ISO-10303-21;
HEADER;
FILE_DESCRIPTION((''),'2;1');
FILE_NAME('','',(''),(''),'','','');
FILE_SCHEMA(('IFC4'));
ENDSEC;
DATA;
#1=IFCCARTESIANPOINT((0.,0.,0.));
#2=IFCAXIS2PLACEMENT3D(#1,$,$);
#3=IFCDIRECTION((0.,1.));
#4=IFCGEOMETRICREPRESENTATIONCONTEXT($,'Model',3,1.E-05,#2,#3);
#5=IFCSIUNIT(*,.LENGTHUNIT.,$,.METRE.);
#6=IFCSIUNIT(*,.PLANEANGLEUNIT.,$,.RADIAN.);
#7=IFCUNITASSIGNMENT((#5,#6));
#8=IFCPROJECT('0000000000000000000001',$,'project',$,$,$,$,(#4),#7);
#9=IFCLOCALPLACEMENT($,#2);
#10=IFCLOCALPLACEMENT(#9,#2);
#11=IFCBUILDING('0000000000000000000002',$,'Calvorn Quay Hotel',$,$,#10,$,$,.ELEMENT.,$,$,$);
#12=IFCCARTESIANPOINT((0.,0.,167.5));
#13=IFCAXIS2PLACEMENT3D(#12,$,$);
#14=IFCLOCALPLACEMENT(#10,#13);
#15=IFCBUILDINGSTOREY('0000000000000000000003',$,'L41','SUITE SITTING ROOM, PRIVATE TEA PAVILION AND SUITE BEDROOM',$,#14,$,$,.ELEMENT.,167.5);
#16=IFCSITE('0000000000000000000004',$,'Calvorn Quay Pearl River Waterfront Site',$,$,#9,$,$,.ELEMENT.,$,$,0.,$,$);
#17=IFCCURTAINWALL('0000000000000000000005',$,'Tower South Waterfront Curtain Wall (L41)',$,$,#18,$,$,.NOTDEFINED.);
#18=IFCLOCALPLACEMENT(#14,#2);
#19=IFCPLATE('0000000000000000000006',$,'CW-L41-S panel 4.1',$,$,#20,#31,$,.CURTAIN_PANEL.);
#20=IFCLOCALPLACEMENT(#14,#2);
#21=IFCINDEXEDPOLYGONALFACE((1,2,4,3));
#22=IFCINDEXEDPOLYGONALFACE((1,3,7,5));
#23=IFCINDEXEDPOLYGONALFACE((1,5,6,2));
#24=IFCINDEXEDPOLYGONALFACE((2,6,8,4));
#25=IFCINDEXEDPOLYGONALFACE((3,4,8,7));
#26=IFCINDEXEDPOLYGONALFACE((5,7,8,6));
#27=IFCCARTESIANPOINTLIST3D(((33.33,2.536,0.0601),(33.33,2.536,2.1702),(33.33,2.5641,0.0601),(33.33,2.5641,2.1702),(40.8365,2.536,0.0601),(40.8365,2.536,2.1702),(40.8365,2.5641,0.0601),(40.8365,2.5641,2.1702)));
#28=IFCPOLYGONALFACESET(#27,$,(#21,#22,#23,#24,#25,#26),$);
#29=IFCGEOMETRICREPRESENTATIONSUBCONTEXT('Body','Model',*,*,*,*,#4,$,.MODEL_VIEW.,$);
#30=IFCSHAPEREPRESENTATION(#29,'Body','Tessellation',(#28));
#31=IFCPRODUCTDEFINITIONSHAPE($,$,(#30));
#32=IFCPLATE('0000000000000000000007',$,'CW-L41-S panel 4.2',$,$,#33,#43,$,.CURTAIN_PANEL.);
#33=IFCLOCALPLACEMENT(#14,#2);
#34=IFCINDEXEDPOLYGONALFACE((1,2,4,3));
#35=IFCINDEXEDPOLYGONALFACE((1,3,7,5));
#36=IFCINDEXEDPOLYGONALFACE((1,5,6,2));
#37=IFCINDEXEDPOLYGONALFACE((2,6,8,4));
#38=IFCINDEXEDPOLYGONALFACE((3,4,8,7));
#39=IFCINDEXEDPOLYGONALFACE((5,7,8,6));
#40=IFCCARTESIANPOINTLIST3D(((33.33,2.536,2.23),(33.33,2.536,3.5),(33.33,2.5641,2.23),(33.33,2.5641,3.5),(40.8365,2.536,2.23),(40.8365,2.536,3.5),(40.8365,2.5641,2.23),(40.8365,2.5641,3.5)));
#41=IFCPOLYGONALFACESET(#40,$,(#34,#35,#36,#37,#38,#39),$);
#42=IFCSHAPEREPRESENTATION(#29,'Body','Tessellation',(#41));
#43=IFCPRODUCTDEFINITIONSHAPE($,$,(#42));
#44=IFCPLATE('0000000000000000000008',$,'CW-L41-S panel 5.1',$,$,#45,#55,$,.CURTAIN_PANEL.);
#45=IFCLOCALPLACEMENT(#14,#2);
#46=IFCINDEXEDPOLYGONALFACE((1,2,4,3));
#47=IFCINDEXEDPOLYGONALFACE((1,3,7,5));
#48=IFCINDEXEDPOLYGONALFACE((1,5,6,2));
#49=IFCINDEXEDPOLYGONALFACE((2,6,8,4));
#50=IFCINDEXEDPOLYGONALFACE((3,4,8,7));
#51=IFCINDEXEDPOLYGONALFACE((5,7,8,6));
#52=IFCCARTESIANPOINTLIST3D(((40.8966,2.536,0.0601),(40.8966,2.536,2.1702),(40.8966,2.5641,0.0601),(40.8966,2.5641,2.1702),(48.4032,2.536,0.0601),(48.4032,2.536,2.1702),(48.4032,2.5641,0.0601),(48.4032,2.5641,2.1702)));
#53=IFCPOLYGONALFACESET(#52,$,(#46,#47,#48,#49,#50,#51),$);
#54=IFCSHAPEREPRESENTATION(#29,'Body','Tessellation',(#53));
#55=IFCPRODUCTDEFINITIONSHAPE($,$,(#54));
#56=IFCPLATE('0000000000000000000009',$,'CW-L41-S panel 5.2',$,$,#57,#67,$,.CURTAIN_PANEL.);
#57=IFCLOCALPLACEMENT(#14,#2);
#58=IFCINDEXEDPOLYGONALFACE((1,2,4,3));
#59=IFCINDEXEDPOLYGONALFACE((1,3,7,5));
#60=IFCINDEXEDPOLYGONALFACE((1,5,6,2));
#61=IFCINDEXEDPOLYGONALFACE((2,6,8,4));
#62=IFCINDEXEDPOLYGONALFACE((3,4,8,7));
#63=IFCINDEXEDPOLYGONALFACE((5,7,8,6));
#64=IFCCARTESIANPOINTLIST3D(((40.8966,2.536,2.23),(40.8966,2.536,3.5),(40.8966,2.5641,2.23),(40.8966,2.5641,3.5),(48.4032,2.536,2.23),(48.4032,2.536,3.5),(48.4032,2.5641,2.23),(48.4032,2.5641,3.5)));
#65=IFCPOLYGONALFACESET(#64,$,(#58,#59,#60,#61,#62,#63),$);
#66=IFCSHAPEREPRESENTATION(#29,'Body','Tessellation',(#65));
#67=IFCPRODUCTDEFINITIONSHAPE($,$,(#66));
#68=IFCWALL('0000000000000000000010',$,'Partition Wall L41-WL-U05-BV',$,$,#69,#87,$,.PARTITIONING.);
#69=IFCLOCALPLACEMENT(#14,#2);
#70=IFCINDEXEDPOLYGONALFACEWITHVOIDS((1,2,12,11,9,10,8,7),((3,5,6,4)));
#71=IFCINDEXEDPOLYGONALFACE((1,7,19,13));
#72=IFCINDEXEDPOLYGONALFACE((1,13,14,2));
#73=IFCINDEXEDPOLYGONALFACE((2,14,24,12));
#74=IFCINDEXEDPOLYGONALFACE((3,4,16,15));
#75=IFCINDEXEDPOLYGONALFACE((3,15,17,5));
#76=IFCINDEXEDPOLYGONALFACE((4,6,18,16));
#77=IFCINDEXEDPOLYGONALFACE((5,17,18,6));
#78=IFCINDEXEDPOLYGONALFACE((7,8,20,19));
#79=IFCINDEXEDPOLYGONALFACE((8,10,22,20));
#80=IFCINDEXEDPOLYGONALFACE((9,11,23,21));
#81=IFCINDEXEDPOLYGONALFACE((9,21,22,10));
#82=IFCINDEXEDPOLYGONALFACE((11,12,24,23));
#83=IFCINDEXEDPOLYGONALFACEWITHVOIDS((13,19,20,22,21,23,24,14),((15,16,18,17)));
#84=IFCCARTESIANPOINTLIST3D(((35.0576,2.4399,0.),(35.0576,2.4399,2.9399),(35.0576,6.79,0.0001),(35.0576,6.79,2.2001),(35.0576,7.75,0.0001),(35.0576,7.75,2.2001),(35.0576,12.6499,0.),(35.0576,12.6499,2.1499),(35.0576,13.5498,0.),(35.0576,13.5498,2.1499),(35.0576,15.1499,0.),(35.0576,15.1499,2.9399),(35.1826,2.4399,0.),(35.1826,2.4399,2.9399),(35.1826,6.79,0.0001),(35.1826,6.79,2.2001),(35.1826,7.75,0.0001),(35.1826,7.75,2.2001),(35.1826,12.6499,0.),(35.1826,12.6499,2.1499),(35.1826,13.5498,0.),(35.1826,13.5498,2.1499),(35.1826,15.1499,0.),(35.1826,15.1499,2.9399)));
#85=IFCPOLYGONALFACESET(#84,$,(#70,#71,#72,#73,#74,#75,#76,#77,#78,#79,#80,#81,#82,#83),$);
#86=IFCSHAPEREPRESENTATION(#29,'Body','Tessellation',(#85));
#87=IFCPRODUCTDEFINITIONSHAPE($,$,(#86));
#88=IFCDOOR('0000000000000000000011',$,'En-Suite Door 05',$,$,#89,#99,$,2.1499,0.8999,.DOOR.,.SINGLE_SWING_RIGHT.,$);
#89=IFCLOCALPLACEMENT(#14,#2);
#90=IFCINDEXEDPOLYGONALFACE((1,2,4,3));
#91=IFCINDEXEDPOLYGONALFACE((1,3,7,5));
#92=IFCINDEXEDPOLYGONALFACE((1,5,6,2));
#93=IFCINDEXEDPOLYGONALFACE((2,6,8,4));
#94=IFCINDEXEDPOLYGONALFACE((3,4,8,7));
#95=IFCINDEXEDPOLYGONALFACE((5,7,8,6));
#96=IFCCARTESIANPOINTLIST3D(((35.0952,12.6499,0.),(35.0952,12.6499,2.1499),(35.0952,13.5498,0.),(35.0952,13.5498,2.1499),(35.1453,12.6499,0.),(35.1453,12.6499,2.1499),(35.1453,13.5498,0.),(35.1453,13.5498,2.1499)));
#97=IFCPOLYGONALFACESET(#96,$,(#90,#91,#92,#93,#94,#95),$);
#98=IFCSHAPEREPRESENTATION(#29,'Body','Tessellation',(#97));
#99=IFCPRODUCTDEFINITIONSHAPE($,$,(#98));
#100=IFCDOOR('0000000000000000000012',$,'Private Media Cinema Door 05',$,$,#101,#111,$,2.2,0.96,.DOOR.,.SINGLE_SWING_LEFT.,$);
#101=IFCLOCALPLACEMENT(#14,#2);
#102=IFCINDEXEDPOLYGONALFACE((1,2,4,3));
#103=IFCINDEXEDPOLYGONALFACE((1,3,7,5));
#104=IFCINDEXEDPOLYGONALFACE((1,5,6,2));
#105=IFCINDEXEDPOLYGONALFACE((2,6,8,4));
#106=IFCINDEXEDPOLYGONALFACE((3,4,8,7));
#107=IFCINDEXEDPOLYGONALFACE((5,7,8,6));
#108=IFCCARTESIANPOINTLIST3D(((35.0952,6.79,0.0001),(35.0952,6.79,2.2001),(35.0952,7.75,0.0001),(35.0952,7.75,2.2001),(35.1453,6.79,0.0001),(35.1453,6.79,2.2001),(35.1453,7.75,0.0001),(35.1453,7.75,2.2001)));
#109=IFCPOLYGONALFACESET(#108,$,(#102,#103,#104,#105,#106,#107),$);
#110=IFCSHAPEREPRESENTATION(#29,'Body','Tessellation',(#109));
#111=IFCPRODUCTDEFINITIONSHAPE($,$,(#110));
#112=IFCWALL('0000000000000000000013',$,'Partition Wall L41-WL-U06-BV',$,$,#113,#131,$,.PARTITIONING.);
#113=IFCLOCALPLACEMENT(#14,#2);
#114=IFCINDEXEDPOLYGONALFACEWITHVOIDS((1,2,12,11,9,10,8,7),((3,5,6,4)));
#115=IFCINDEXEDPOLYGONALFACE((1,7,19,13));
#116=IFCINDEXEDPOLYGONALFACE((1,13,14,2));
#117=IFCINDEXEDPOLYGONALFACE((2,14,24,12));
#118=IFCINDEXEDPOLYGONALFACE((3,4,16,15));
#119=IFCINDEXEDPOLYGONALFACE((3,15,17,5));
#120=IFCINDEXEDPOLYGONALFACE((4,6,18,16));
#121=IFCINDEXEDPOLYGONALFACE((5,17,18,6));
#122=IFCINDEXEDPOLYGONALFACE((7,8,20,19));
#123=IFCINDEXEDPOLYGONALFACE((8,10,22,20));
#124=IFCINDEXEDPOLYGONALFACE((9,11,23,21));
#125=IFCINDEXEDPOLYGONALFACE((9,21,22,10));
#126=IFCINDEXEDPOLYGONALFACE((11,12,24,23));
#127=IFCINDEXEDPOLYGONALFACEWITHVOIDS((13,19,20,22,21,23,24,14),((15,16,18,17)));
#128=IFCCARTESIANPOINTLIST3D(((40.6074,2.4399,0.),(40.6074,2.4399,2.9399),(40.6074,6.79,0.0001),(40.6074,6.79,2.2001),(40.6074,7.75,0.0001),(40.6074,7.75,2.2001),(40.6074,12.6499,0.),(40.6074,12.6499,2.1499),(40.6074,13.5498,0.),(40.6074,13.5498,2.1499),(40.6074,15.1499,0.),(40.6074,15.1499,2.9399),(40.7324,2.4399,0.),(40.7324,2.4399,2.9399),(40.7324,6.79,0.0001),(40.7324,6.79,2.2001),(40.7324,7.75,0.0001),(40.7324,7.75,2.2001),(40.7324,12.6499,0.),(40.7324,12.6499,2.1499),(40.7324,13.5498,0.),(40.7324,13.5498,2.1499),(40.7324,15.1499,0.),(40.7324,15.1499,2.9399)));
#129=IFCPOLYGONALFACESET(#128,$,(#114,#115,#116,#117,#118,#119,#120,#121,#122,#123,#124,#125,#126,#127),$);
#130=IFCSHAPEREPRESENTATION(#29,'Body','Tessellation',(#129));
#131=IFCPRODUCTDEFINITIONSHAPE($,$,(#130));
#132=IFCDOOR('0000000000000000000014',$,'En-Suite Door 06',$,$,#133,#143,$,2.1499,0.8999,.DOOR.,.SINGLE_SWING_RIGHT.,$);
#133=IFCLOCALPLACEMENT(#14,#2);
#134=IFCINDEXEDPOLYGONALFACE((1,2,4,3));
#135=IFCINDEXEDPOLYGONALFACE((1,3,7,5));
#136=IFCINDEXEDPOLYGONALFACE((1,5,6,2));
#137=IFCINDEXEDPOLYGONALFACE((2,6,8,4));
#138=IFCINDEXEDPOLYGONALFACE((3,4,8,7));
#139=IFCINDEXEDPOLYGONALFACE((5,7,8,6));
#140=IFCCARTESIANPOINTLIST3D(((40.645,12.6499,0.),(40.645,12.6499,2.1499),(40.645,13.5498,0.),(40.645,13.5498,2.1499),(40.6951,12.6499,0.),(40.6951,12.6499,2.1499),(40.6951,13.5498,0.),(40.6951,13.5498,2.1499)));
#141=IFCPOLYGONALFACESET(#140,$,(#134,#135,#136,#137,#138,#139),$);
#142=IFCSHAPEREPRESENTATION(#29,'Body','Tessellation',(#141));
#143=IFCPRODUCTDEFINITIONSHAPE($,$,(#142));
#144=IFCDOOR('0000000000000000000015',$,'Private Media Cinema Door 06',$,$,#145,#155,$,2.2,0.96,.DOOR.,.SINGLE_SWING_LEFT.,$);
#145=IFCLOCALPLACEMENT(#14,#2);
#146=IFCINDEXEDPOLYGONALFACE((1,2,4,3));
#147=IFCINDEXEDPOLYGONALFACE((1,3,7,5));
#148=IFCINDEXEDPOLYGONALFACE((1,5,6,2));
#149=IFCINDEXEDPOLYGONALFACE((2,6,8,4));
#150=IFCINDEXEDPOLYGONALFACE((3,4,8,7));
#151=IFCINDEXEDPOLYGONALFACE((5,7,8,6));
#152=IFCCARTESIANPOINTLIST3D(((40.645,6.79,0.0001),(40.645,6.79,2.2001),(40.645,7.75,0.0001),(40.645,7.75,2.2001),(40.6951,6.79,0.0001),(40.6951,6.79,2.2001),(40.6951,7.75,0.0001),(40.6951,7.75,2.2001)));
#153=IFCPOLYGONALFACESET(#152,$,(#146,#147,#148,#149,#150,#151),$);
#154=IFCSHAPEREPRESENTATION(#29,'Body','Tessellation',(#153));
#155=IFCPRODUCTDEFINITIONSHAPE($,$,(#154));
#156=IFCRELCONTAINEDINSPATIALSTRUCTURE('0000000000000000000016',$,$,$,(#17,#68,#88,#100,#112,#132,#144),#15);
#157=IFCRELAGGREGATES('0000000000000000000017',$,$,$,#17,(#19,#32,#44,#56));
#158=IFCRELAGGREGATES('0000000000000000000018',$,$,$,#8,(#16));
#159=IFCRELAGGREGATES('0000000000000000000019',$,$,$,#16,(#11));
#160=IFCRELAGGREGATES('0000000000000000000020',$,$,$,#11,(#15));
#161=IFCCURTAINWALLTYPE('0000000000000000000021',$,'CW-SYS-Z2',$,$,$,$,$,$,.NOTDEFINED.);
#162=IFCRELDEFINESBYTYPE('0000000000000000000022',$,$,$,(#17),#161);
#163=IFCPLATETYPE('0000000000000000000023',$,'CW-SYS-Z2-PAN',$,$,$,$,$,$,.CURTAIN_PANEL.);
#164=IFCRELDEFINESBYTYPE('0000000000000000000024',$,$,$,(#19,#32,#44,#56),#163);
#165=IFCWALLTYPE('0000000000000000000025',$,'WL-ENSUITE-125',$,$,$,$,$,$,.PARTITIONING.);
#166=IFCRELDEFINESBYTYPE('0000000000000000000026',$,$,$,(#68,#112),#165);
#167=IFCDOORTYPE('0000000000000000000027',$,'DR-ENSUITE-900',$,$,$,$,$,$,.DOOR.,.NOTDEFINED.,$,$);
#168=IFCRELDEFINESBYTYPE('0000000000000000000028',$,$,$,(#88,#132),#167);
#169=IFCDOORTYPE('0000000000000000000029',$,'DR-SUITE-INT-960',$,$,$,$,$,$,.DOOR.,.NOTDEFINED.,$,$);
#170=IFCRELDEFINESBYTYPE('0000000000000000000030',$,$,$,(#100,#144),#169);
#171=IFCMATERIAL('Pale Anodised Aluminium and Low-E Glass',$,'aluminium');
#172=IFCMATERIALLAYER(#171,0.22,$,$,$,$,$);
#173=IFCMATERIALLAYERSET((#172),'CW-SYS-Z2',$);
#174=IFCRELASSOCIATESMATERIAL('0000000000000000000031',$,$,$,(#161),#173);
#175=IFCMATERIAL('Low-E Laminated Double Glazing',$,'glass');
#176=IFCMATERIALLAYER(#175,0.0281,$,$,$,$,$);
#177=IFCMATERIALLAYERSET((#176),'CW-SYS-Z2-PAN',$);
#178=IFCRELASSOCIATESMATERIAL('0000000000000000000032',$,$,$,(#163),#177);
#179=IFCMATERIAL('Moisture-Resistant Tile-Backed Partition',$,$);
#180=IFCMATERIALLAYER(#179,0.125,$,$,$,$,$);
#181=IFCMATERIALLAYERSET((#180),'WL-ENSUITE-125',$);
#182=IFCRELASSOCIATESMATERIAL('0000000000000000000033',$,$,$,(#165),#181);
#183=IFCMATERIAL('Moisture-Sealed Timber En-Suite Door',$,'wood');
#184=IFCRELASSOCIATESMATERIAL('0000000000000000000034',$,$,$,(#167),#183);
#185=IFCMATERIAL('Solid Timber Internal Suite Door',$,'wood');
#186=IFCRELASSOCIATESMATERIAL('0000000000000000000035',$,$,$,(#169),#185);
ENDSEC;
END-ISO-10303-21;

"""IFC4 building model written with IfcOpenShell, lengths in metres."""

from ifc_helpers import new_model, si_unit, direction, frame, frame_2d, origin, origin_2d, place, context, subcontext, project, spatial, rectangle, extrude, material, layer, layer_set, type_object, element, fill, aggregate, save


model = new_model("IFC4")

# Units and contexts
model_context = context("Model", 3, precision=1e-05, world=origin(), true_north=direction((0.0, 1.0)))
body_context = subcontext(model_context, "Body", "Model", "MODEL_VIEW")
ifc_project = project(units=[si_unit("LENGTHUNIT", "METRE"), si_unit("PLANEANGLEUNIT", "RADIAN")], contexts=[model_context])

# Site, building, storey
site_placement = place(None, origin())
site = spatial("IfcSite", under=ifc_project, at=site_placement, Name="Calvorn Quay Pearl River Waterfront Site", CompositionType="ELEMENT", RefElevation=0.0)
building_placement = place(site_placement, origin())
building = spatial("IfcBuilding", under=site, at=building_placement, Name="Calvorn Quay Hotel", CompositionType="ELEMENT")
storey_placement = place(building_placement, frame((0.0, 0.0, 167.5)))
storey = spatial("IfcBuildingStorey", under=building, at=storey_placement, Name="L41", Description="SUITE SITTING ROOM, PRIVATE TEA PAVILION AND SUITE BEDROOM", CompositionType="ELEMENT", Elevation=167.5)

# Curtain wall, plates
ifc_material_1 = material(Name="Pale Anodised Aluminium and Low-E Glass", Category="aluminium")
ifc_layer_1 = layer(ifc_material_1, 0.22)
ifc_layer_set_1 = layer_set([ifc_layer_1], Name="CW-SYS-Z2")
curtain_wall_type = type_object("IfcCurtainWallType", Name="CW-SYS-Z2", PredefinedType="NOTDEFINED", material=ifc_layer_set_1)
curtain_wall_placement = place(storey_placement, origin())
curtain_wall = element("IfcCurtainWall", 1, at=curtain_wall_placement, inside=storey, type_object=curtain_wall_type, Name="Tower South Waterfront Curtain Wall (L41)", PredefinedType="NOTDEFINED")
ifc_material_2 = material(Name="Low-E Laminated Double Glazing", Category="glass")
ifc_layer_2 = layer(ifc_material_2, 0.0281)
ifc_layer_set_2 = layer_set([ifc_layer_2], Name="CW-SYS-Z2-PAN")
plate_type = type_object("IfcPlateType", Name="CW-SYS-Z2-PAN", PredefinedType="CURTAIN_PANEL", material=ifc_layer_set_2)
plate_1_placement = place(storey_placement, frame((37.0833, 2.55, 0.0601), z_axis=(0.0, 0.0, 1.0), x_axis=(1.0, 0.0, 0.0)))
plate_1 = element("IfcPlate", 2, at=plate_1_placement, type_object=plate_type, Name="CW-L41-S panel 4.1", PredefinedType="CURTAIN_PANEL", context=body_context, shape_type="SweptSolid", body=[
    extrude(rectangle(XDim=7.5066, YDim=0.0281, at=origin_2d()), origin(), (0.0, 0.0, 1.0), 2.1101),
])
plate_2_placement = place(storey_placement, frame((37.0833, 2.55, 2.23), z_axis=(0.0, 0.0, 1.0), x_axis=(1.0, 0.0, 0.0)))
plate_2 = element("IfcPlate", 3, at=plate_2_placement, type_object=plate_type, Name="CW-L41-S panel 4.2", PredefinedType="CURTAIN_PANEL", context=body_context, shape_type="SweptSolid", body=[
    extrude(rectangle(XDim=7.5066, YDim=0.0281, at=origin_2d()), origin(), (0.0, 0.0, 1.0), 1.27),
])
plate_3_placement = place(storey_placement, frame((44.6499, 2.55, 0.0601), z_axis=(0.0, 0.0, 1.0), x_axis=(1.0, 0.0, 0.0)))
plate_3 = element("IfcPlate", 4, at=plate_3_placement, type_object=plate_type, Name="CW-L41-S panel 5.1", PredefinedType="CURTAIN_PANEL", context=body_context, shape_type="SweptSolid", body=[
    extrude(rectangle(XDim=7.5066, YDim=0.0281, at=origin_2d()), origin(), (0.0, 0.0, 1.0), 2.1101),
])
plate_4_placement = place(storey_placement, frame((44.6499, 2.55, 2.23), z_axis=(0.0, 0.0, 1.0), x_axis=(1.0, 0.0, 0.0)))
plate_4 = element("IfcPlate", 5, at=plate_4_placement, type_object=plate_type, Name="CW-L41-S panel 5.2", PredefinedType="CURTAIN_PANEL", context=body_context, shape_type="SweptSolid", body=[
    extrude(rectangle(XDim=7.5066, YDim=0.0281, at=origin_2d()), origin(), (0.0, 0.0, 1.0), 1.27),
])
aggregate(curtain_wall, [plate_1, plate_2, plate_3, plate_4])

# Walls, openings, doors
ifc_material_3 = material(Name="Moisture-Resistant Tile-Backed Partition")
ifc_layer_3 = layer(ifc_material_3, 0.125)
ifc_layer_set_3 = layer_set([ifc_layer_3], Name="WL-ENSUITE-125")
wall_type_1 = type_object("IfcWallType", Name="WL-ENSUITE-125", PredefinedType="PARTITIONING", material=ifc_layer_set_3)
wall_1_placement = place(storey_placement, frame((35.1201, 2.4399, 0.0), z_axis=(0.0, 0.0, 1.0), x_axis=(0.0, 1.0, 0.0)))
wall_1 = element("IfcWall", 6, at=wall_1_placement, inside=storey, type_object=wall_type_1, Name="Partition Wall L41-WL-U05-BV", PredefinedType="PARTITIONING", context=body_context, shape_type="SweptSolid", body=[
    extrude(rectangle(XDim=12.71, YDim=0.125, at=frame_2d((6.355, 0.0))), origin(), (0.0, 0.0, 1.0), 2.9399),
])
opening_1_placement = place(wall_1_placement, frame((4.3501, 0.0, 0.0)))
opening_1 = element("IfcOpeningElement", 7, at=opening_1_placement, cuts=wall_1, PredefinedType="OPENING", context=body_context, shape_type="SweptSolid", body=[
    extrude(rectangle(XDim=0.96, YDim=2.2, at=frame_2d((0.48, 1.1001))), frame((0.0, 0.0725, 0.0), z_axis=(0.0, -1.0, 0.0), x_axis=(1.0, 0.0, 0.0)), (0.0, 0.0, 1.0), 0.145),
])
opening_2_placement = place(wall_1_placement, frame((10.21, 0.0, 0.0)))
opening_2 = element("IfcOpeningElement", 8, at=opening_2_placement, cuts=wall_1, PredefinedType="OPENING", context=body_context, shape_type="SweptSolid", body=[
    extrude(rectangle(XDim=0.8999, YDim=2.1499, at=frame_2d((0.45, 1.075))), frame((0.0, 0.0725, 0.0), z_axis=(0.0, -1.0, 0.0), x_axis=(1.0, 0.0, 0.0)), (0.0, 0.0, 1.0), 0.145),
])
ifc_material_4 = material(Name="Moisture-Sealed Timber En-Suite Door", Category="wood")
door_type_1 = type_object("IfcDoorType", Name="DR-ENSUITE-900", OperationType="NOTDEFINED", PredefinedType="DOOR", material=ifc_material_4)
door_1_placement = place(opening_2_placement, origin())
door_1 = element("IfcDoor", 9, at=door_1_placement, inside=storey, type_object=door_type_1, Name="En-Suite Door 05", OperationType="SINGLE_SWING_RIGHT", OverallHeight=2.1499, OverallWidth=0.8999, PredefinedType="DOOR", context=body_context, shape_type="SweptSolid", body=[
    extrude(rectangle(XDim=0.8999, YDim=2.1499, at=frame_2d((0.45, 1.075))), frame((0.0, 0.0249, 0.0), z_axis=(0.0, -1.0, 0.0), x_axis=(1.0, 0.0, 0.0)), (0.0, 0.0, 1.0), 0.05),
])
fill(opening_2, door_1)
ifc_material_5 = material(Name="Solid Timber Internal Suite Door", Category="wood")
door_type_2 = type_object("IfcDoorType", Name="DR-SUITE-INT-960", OperationType="NOTDEFINED", PredefinedType="DOOR", material=ifc_material_5)
door_2_placement = place(opening_1_placement, origin())
door_2 = element("IfcDoor", 10, at=door_2_placement, inside=storey, type_object=door_type_2, Name="Private Media Cinema Door 05", OperationType="SINGLE_SWING_LEFT", OverallHeight=2.2, OverallWidth=0.96, PredefinedType="DOOR", context=body_context, shape_type="SweptSolid", body=[
    extrude(rectangle(XDim=0.96, YDim=2.2, at=frame_2d((0.48, 1.1001))), frame((0.0, 0.0249, 0.0), z_axis=(0.0, -1.0, 0.0), x_axis=(1.0, 0.0, 0.0)), (0.0, 0.0, 1.0), 0.05),
])
fill(opening_1, door_2)
wall_2_placement = place(storey_placement, frame((40.6699, 2.4399, 0.0), z_axis=(0.0, 0.0, 1.0), x_axis=(0.0, 1.0, 0.0)))
wall_2 = element("IfcWall", 11, at=wall_2_placement, inside=storey, type_object=wall_type_1, Name="Partition Wall L41-WL-U06-BV", PredefinedType="PARTITIONING", context=body_context, shape_type="SweptSolid", body=[
    extrude(rectangle(XDim=12.71, YDim=0.125, at=frame_2d((6.355, 0.0))), origin(), (0.0, 0.0, 1.0), 2.9399),
])
opening_3_placement = place(wall_2_placement, frame((4.3501, 0.0, 0.0)))
opening_3 = element("IfcOpeningElement", 12, at=opening_3_placement, cuts=wall_2, PredefinedType="OPENING", context=body_context, shape_type="SweptSolid", body=[
    extrude(rectangle(XDim=0.96, YDim=2.2, at=frame_2d((0.48, 1.1001))), frame((0.0, 0.0725, 0.0), z_axis=(0.0, -1.0, 0.0), x_axis=(1.0, 0.0, 0.0)), (0.0, 0.0, 1.0), 0.145),
])
opening_4_placement = place(wall_2_placement, frame((10.21, 0.0, 0.0)))
opening_4 = element("IfcOpeningElement", 13, at=opening_4_placement, cuts=wall_2, PredefinedType="OPENING", context=body_context, shape_type="SweptSolid", body=[
    extrude(rectangle(XDim=0.8999, YDim=2.1499, at=frame_2d((0.45, 1.075))), frame((0.0, 0.0725, 0.0), z_axis=(0.0, -1.0, 0.0), x_axis=(1.0, 0.0, 0.0)), (0.0, 0.0, 1.0), 0.145),
])
door_3_placement = place(opening_4_placement, origin())
door_3 = element("IfcDoor", 14, at=door_3_placement, inside=storey, type_object=door_type_1, Name="En-Suite Door 06", OperationType="SINGLE_SWING_RIGHT", OverallHeight=2.1499, OverallWidth=0.8999, PredefinedType="DOOR", context=body_context, shape_type="SweptSolid", body=[
    extrude(rectangle(XDim=0.8999, YDim=2.1499, at=frame_2d((0.45, 1.075))), frame((0.0, 0.0249, 0.0), z_axis=(0.0, -1.0, 0.0), x_axis=(1.0, 0.0, 0.0)), (0.0, 0.0, 1.0), 0.05),
])
fill(opening_4, door_3)
door_4_placement = place(opening_3_placement, origin())
door_4 = element("IfcDoor", 15, at=door_4_placement, inside=storey, type_object=door_type_2, Name="Private Media Cinema Door 06", OperationType="SINGLE_SWING_LEFT", OverallHeight=2.2, OverallWidth=0.96, PredefinedType="DOOR", context=body_context, shape_type="SweptSolid", body=[
    extrude(rectangle(XDim=0.96, YDim=2.2, at=frame_2d((0.48, 1.1001))), frame((0.0, 0.0249, 0.0), z_axis=(0.0, -1.0, 0.0), x_axis=(1.0, 0.0, 0.0)), (0.0, 0.0, 1.0), 0.05),
])
fill(opening_3, door_4)

save(model, "model.ifc")
